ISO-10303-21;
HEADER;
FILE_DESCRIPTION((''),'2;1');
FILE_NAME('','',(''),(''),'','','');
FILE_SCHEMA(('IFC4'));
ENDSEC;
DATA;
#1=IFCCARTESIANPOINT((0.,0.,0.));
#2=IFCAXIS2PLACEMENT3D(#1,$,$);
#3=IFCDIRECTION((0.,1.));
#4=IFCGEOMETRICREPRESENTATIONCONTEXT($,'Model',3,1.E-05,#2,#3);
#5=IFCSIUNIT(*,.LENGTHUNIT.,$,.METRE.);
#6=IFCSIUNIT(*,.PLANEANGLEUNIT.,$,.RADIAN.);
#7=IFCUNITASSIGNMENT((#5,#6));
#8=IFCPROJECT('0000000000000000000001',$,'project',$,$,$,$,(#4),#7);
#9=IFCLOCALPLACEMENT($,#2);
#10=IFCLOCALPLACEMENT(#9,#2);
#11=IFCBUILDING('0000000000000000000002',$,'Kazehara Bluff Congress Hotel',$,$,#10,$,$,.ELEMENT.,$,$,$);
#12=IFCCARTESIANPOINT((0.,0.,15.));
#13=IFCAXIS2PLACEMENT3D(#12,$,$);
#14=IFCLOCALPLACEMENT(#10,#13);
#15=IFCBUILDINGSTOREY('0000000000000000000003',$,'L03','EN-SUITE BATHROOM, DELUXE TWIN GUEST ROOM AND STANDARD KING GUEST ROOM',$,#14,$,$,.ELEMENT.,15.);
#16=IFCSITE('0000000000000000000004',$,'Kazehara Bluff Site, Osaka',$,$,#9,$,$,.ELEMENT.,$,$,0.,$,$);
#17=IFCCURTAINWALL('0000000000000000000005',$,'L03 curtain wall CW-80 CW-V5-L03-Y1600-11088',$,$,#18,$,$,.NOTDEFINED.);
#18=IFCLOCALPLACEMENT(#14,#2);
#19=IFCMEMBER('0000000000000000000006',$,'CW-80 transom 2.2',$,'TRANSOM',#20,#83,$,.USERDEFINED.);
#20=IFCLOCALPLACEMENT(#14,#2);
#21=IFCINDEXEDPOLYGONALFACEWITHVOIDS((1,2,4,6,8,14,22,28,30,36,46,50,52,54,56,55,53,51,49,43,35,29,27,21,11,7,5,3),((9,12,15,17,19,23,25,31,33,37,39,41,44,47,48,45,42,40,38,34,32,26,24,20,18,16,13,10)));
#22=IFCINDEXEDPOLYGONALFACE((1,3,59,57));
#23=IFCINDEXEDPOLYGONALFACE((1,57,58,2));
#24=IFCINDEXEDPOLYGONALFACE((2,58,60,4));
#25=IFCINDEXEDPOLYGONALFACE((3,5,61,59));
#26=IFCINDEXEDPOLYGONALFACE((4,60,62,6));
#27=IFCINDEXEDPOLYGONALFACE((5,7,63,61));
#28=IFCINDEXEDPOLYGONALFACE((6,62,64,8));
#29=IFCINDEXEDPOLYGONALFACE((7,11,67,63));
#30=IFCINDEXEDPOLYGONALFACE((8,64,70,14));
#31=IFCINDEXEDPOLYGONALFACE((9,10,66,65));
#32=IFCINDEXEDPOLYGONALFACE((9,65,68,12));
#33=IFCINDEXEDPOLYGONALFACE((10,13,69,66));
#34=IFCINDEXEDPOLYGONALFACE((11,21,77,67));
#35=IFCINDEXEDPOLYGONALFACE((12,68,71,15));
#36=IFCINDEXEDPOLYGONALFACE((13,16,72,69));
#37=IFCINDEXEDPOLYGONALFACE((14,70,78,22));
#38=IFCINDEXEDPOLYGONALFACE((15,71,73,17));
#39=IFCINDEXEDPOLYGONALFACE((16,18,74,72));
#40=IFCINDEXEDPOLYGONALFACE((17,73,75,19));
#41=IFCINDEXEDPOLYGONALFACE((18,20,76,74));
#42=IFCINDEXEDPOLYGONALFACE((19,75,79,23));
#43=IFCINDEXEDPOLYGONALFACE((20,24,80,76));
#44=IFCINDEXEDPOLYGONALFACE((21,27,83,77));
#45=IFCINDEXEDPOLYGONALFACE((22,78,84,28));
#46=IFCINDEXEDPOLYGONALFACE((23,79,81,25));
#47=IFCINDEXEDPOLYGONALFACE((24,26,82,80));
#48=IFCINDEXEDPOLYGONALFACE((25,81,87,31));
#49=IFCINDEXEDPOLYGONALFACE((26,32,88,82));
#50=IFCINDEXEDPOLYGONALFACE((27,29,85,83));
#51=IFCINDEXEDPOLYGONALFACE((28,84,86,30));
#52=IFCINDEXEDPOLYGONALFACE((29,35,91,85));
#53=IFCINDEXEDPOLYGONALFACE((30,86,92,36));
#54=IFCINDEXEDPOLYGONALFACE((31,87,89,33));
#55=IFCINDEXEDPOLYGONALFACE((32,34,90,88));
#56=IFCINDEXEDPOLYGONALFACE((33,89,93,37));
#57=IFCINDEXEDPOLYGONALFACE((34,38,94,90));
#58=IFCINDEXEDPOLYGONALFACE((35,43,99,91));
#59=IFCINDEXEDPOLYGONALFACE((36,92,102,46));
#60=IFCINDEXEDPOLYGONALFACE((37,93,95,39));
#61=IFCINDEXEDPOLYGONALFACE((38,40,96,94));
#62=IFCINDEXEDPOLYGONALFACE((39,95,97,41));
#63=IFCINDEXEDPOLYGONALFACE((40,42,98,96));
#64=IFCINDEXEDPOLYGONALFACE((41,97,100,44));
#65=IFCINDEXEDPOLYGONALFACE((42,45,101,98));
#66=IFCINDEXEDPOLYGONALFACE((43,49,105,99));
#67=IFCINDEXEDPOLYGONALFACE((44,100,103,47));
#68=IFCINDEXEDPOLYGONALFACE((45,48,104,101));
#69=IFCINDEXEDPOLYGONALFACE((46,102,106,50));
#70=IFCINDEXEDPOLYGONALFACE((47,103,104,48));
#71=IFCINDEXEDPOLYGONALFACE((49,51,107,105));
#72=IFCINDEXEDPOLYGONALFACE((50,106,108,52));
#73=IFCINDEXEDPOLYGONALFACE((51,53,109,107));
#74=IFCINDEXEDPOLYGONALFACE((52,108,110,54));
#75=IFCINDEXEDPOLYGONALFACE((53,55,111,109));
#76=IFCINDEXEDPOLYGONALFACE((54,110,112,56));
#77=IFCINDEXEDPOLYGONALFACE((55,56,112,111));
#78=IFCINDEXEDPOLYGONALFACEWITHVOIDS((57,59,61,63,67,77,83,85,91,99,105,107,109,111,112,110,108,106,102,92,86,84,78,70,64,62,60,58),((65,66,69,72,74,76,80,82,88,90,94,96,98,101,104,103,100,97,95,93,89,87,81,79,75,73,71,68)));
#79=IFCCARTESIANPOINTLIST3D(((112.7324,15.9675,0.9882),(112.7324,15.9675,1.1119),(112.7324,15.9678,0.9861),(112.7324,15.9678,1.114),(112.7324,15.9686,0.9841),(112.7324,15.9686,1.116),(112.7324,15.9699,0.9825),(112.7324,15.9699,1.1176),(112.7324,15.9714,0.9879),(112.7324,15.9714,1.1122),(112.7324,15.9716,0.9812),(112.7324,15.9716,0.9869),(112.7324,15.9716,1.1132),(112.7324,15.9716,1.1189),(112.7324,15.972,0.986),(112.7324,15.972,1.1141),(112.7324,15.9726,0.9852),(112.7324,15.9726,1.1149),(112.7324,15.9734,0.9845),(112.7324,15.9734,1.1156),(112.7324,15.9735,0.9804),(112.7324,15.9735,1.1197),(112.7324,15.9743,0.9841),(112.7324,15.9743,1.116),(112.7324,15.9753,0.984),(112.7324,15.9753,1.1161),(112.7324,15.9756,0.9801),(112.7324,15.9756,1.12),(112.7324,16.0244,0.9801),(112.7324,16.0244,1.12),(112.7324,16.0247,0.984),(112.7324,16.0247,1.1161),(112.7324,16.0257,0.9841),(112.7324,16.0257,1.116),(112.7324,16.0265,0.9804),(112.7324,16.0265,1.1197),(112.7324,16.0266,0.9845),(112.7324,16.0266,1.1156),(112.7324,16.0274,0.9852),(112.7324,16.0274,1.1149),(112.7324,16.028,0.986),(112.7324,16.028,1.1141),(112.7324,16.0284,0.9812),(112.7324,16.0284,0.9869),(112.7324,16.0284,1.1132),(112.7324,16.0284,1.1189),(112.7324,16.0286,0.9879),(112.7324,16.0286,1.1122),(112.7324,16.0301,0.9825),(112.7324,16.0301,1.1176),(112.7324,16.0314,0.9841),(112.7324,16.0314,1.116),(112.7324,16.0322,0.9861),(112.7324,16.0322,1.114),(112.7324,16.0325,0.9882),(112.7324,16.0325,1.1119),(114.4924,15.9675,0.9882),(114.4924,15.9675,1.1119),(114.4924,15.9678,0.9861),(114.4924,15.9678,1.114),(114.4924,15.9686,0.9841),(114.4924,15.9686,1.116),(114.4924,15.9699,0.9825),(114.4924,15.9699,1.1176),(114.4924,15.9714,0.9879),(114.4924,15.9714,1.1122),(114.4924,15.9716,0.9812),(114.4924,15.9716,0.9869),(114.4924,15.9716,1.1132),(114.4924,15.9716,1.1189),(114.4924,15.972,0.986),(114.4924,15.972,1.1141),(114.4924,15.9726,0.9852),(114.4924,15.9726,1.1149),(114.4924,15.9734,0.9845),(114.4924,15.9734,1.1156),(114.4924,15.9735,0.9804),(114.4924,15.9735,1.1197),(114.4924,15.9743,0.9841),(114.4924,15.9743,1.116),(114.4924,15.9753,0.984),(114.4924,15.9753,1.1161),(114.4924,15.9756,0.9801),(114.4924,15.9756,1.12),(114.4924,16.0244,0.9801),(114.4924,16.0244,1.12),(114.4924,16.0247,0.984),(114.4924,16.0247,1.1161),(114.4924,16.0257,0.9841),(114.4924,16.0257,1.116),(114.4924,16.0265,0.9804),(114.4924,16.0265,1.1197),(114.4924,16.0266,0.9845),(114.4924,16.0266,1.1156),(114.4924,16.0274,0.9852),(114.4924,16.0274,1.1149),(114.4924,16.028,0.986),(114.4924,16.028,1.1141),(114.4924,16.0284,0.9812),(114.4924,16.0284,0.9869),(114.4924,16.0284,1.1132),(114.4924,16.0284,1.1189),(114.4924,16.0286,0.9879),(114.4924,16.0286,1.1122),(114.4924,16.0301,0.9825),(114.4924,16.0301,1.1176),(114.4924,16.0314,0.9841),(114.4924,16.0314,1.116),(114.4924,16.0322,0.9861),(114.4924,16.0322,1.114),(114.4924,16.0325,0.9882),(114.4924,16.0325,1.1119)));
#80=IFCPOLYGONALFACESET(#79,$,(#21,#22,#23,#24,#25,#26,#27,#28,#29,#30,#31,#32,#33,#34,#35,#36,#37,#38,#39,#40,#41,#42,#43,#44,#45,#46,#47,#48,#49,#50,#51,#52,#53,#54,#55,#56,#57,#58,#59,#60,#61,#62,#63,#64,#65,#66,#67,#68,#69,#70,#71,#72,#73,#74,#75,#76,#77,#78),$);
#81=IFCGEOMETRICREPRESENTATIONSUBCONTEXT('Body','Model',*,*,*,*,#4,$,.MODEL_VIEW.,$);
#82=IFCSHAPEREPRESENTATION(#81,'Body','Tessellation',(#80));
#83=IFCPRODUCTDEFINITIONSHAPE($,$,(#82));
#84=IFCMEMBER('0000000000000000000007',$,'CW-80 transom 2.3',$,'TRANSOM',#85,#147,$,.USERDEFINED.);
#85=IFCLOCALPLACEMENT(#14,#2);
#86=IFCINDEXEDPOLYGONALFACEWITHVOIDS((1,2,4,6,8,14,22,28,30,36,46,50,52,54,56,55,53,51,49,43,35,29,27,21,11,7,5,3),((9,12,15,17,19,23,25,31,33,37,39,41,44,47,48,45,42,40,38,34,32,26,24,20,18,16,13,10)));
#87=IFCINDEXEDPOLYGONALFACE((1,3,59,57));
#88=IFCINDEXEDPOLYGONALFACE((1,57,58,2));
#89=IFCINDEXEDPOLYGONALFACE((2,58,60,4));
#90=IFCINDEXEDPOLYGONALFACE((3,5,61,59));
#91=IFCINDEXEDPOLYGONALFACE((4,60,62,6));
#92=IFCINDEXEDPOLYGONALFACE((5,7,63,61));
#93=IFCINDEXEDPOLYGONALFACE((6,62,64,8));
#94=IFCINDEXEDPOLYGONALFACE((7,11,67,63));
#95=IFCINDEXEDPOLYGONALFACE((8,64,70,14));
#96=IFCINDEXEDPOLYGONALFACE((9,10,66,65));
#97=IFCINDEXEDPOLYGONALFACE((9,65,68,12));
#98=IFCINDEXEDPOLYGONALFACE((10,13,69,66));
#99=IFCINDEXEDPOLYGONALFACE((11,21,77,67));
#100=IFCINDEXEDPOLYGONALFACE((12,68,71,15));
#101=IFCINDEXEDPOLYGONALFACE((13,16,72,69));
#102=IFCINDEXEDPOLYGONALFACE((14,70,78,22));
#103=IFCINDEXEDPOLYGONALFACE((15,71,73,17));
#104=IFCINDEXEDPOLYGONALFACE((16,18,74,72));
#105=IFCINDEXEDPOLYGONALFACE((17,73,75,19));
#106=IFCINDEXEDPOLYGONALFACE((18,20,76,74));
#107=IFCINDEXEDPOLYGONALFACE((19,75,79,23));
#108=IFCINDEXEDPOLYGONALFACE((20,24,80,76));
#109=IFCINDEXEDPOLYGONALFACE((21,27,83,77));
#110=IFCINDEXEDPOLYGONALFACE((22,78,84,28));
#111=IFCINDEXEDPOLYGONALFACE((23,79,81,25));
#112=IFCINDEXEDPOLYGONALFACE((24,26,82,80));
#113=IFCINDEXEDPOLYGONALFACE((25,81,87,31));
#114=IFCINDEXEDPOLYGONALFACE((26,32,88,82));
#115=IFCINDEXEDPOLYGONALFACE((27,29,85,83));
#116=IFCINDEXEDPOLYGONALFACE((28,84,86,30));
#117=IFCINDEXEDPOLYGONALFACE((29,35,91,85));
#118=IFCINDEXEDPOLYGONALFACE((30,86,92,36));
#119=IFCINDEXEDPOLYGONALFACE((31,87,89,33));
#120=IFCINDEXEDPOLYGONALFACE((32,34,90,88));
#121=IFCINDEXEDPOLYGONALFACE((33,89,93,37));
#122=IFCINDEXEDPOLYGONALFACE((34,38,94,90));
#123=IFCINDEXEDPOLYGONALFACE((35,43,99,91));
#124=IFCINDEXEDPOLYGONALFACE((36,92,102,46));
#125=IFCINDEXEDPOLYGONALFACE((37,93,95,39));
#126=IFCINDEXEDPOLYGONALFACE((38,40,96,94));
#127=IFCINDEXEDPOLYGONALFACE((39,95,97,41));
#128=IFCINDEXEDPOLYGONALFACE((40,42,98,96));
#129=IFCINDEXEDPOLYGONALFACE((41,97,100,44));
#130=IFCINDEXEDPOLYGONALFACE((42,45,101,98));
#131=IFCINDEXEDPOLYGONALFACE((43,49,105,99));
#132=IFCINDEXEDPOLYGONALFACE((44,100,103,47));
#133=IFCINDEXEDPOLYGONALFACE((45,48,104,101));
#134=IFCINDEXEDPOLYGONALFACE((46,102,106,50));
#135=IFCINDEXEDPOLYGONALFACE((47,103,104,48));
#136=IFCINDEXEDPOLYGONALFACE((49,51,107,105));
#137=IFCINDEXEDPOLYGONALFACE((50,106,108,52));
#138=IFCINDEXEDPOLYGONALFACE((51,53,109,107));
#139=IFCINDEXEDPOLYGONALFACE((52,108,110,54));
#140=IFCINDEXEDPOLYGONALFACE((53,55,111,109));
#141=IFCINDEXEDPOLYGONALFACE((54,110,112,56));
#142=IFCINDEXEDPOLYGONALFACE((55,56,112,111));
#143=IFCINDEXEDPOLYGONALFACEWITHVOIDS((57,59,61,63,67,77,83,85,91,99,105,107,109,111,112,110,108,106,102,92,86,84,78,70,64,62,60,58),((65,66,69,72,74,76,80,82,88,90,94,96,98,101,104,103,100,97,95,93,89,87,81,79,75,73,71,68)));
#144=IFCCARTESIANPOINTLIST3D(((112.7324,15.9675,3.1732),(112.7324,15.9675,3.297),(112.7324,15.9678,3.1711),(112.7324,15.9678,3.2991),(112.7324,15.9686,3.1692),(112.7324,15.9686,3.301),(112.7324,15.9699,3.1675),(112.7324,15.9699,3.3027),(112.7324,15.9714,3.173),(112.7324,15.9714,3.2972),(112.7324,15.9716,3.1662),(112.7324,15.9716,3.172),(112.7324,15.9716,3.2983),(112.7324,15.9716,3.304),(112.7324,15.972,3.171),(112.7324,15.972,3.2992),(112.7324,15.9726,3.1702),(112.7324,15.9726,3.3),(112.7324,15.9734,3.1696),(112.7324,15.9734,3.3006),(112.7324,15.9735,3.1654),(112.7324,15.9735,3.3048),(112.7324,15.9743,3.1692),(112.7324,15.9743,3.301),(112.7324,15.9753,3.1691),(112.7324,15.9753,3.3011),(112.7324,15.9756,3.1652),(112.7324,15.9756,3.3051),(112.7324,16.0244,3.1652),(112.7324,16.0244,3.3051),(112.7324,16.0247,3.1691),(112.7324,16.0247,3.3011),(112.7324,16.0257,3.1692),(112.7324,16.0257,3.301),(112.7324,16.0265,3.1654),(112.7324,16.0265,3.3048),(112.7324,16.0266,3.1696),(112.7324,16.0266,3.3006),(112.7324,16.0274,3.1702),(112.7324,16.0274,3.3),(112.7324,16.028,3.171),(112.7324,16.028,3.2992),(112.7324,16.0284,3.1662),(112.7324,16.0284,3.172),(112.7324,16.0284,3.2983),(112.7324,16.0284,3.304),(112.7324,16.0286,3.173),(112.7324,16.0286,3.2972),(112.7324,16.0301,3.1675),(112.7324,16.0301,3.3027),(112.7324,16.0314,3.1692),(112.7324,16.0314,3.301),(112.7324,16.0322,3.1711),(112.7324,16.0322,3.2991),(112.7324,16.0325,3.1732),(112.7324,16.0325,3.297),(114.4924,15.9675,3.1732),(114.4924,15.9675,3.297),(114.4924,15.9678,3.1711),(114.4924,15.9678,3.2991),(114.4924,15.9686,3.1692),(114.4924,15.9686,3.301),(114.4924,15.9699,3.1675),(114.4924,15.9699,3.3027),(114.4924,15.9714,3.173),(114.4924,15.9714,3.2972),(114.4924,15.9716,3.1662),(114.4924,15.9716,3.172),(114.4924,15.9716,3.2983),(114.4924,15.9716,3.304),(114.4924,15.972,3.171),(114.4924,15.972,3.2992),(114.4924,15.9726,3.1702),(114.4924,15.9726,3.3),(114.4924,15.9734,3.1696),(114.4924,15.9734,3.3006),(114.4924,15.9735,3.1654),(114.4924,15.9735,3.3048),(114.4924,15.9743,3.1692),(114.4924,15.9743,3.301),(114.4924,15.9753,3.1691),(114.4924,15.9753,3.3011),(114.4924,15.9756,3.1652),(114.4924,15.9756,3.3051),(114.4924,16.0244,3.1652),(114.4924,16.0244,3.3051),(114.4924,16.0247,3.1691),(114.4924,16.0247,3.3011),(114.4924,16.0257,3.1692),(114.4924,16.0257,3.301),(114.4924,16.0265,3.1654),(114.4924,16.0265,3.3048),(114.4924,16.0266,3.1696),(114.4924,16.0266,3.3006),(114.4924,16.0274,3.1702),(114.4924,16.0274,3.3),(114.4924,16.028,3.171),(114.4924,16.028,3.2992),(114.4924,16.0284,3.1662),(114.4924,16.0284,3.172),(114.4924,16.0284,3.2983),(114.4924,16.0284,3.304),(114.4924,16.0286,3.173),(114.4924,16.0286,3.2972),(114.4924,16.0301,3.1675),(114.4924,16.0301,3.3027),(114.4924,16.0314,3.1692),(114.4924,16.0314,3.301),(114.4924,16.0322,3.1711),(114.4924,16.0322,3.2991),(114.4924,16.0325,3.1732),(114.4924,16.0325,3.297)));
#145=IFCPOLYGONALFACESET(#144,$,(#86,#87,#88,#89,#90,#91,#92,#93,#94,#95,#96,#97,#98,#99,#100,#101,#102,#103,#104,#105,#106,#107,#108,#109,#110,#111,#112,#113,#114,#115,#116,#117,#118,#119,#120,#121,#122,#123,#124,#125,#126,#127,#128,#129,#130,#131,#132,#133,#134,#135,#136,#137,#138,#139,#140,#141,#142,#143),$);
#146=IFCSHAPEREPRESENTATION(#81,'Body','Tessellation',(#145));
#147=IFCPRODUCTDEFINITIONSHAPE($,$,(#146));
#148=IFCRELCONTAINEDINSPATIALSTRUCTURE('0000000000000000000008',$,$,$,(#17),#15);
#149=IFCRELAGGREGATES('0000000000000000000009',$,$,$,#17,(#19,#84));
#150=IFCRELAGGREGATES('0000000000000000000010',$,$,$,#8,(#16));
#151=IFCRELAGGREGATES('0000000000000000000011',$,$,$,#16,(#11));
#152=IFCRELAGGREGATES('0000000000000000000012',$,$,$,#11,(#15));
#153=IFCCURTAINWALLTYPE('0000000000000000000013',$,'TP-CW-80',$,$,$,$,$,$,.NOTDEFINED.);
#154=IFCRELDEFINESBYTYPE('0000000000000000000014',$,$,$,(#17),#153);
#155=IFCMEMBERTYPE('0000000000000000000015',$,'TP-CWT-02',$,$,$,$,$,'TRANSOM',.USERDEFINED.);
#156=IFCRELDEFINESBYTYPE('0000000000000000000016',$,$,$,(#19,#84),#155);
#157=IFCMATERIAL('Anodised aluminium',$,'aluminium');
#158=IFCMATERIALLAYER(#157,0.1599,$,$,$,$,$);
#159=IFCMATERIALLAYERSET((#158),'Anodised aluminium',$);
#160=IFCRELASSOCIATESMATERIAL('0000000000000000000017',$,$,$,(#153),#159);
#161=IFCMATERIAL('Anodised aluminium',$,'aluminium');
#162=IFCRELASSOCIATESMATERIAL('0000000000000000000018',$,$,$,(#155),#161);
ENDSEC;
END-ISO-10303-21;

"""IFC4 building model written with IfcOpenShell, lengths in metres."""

from ifc_helpers import new_model, si_unit, direction, frame, origin, origin_2d, place, context, subcontext, project, spatial, hollow_rectangle, extrude, material, layer, layer_set, material_profile, profile_set, type_object, element, aggregate, save


model = new_model("IFC4")

# Units and contexts
model_context = context("Model", 3, precision=1e-05, world=origin(), true_north=direction((0.0, 1.0)))
body_context = subcontext(model_context, "Body", "Model", "MODEL_VIEW")
ifc_project = project(units=[si_unit("LENGTHUNIT", "METRE"), si_unit("PLANEANGLEUNIT", "RADIAN")], contexts=[model_context])

# Site, building, storey
site_placement = place(None, origin())
site = spatial("IfcSite", under=ifc_project, at=site_placement, Name="Kazehara Bluff Site, Osaka", CompositionType="ELEMENT", RefElevation=0.0)
building_placement = place(site_placement, origin())
building = spatial("IfcBuilding", under=site, at=building_placement, Name="Kazehara Bluff Congress Hotel", CompositionType="ELEMENT")
storey_placement = place(building_placement, frame((0.0, 0.0, 15.0)))
storey = spatial("IfcBuildingStorey", under=building, at=storey_placement, Name="L03", Description="EN-SUITE BATHROOM, DELUXE TWIN GUEST ROOM AND STANDARD KING GUEST ROOM", CompositionType="ELEMENT", Elevation=15.0)

# Curtain wall, members
ifc_material_1 = material(Name="Anodised aluminium", Category="aluminium")
ifc_layer_1 = layer(ifc_material_1, 0.1599)
ifc_layer_set_1 = layer_set([ifc_layer_1], Name="Anodised aluminium")
curtain_wall_type = type_object("IfcCurtainWallType", Name="TP-CW-80", PredefinedType="NOTDEFINED", material=ifc_layer_set_1)
curtain_wall_placement = place(storey_placement, origin())
curtain_wall = element("IfcCurtainWall", 1, at=curtain_wall_placement, inside=storey, type_object=curtain_wall_type, Name="L03 curtain wall CW-80 CW-V5-L03-Y1600-11088", PredefinedType="NOTDEFINED")
ifc_material_2 = material(Name="Anodised aluminium", Category="aluminium")
ifc_material_profile_1 = material_profile(ifc_material_2, hollow_rectangle(XDim=0.0649, YDim=0.1399, WallThickness=0.0039, InnerFilletRadius=0.0039, OuterFilletRadius=0.0081, at=origin_2d()))
ifc_profile_set_1 = profile_set([ifc_material_profile_1], Name="Anodised aluminium")
member_type_1 = type_object("IfcMemberType", Name="TP-CWT-02", ElementType="TRANSOM", PredefinedType="USERDEFINED", material=ifc_profile_set_1)
member_1_placement = place(storey_placement, frame((112.7324, 16.0, 1.05), z_axis=(1.0, 0.0, 0.0), x_axis=(0.0, 1.0, 0.0)))
member_1 = element("IfcMember", 2, at=member_1_placement, type_object=member_type_1, Name="CW-80 transom 2.2", ObjectType="TRANSOM", PredefinedType="USERDEFINED", context=body_context, shape_type="SweptSolid", body=[
    extrude(hollow_rectangle(XDim=0.0649, YDim=0.1399, WallThickness=0.0039, InnerFilletRadius=0.0039, OuterFilletRadius=0.0081, at=origin_2d()), origin(), (0.0, 0.0, 1.0), 1.76),
])
member_2_placement = place(storey_placement, frame((112.7324, 16.0, 3.2351), z_axis=(1.0, 0.0, 0.0), x_axis=(0.0, 1.0, 0.0)))
member_2 = element("IfcMember", 3, at=member_2_placement, type_object=member_type_1, Name="CW-80 transom 2.3", ObjectType="TRANSOM", PredefinedType="USERDEFINED", context=body_context, shape_type="SweptSolid", body=[
    extrude(hollow_rectangle(XDim=0.0649, YDim=0.1399, WallThickness=0.0039, InnerFilletRadius=0.0039, OuterFilletRadius=0.0081, at=origin_2d()), origin(), (0.0, 0.0, 1.0), 1.76),
])

aggregate(curtain_wall, [member_1, member_2])

save(model, "model.ifc")
